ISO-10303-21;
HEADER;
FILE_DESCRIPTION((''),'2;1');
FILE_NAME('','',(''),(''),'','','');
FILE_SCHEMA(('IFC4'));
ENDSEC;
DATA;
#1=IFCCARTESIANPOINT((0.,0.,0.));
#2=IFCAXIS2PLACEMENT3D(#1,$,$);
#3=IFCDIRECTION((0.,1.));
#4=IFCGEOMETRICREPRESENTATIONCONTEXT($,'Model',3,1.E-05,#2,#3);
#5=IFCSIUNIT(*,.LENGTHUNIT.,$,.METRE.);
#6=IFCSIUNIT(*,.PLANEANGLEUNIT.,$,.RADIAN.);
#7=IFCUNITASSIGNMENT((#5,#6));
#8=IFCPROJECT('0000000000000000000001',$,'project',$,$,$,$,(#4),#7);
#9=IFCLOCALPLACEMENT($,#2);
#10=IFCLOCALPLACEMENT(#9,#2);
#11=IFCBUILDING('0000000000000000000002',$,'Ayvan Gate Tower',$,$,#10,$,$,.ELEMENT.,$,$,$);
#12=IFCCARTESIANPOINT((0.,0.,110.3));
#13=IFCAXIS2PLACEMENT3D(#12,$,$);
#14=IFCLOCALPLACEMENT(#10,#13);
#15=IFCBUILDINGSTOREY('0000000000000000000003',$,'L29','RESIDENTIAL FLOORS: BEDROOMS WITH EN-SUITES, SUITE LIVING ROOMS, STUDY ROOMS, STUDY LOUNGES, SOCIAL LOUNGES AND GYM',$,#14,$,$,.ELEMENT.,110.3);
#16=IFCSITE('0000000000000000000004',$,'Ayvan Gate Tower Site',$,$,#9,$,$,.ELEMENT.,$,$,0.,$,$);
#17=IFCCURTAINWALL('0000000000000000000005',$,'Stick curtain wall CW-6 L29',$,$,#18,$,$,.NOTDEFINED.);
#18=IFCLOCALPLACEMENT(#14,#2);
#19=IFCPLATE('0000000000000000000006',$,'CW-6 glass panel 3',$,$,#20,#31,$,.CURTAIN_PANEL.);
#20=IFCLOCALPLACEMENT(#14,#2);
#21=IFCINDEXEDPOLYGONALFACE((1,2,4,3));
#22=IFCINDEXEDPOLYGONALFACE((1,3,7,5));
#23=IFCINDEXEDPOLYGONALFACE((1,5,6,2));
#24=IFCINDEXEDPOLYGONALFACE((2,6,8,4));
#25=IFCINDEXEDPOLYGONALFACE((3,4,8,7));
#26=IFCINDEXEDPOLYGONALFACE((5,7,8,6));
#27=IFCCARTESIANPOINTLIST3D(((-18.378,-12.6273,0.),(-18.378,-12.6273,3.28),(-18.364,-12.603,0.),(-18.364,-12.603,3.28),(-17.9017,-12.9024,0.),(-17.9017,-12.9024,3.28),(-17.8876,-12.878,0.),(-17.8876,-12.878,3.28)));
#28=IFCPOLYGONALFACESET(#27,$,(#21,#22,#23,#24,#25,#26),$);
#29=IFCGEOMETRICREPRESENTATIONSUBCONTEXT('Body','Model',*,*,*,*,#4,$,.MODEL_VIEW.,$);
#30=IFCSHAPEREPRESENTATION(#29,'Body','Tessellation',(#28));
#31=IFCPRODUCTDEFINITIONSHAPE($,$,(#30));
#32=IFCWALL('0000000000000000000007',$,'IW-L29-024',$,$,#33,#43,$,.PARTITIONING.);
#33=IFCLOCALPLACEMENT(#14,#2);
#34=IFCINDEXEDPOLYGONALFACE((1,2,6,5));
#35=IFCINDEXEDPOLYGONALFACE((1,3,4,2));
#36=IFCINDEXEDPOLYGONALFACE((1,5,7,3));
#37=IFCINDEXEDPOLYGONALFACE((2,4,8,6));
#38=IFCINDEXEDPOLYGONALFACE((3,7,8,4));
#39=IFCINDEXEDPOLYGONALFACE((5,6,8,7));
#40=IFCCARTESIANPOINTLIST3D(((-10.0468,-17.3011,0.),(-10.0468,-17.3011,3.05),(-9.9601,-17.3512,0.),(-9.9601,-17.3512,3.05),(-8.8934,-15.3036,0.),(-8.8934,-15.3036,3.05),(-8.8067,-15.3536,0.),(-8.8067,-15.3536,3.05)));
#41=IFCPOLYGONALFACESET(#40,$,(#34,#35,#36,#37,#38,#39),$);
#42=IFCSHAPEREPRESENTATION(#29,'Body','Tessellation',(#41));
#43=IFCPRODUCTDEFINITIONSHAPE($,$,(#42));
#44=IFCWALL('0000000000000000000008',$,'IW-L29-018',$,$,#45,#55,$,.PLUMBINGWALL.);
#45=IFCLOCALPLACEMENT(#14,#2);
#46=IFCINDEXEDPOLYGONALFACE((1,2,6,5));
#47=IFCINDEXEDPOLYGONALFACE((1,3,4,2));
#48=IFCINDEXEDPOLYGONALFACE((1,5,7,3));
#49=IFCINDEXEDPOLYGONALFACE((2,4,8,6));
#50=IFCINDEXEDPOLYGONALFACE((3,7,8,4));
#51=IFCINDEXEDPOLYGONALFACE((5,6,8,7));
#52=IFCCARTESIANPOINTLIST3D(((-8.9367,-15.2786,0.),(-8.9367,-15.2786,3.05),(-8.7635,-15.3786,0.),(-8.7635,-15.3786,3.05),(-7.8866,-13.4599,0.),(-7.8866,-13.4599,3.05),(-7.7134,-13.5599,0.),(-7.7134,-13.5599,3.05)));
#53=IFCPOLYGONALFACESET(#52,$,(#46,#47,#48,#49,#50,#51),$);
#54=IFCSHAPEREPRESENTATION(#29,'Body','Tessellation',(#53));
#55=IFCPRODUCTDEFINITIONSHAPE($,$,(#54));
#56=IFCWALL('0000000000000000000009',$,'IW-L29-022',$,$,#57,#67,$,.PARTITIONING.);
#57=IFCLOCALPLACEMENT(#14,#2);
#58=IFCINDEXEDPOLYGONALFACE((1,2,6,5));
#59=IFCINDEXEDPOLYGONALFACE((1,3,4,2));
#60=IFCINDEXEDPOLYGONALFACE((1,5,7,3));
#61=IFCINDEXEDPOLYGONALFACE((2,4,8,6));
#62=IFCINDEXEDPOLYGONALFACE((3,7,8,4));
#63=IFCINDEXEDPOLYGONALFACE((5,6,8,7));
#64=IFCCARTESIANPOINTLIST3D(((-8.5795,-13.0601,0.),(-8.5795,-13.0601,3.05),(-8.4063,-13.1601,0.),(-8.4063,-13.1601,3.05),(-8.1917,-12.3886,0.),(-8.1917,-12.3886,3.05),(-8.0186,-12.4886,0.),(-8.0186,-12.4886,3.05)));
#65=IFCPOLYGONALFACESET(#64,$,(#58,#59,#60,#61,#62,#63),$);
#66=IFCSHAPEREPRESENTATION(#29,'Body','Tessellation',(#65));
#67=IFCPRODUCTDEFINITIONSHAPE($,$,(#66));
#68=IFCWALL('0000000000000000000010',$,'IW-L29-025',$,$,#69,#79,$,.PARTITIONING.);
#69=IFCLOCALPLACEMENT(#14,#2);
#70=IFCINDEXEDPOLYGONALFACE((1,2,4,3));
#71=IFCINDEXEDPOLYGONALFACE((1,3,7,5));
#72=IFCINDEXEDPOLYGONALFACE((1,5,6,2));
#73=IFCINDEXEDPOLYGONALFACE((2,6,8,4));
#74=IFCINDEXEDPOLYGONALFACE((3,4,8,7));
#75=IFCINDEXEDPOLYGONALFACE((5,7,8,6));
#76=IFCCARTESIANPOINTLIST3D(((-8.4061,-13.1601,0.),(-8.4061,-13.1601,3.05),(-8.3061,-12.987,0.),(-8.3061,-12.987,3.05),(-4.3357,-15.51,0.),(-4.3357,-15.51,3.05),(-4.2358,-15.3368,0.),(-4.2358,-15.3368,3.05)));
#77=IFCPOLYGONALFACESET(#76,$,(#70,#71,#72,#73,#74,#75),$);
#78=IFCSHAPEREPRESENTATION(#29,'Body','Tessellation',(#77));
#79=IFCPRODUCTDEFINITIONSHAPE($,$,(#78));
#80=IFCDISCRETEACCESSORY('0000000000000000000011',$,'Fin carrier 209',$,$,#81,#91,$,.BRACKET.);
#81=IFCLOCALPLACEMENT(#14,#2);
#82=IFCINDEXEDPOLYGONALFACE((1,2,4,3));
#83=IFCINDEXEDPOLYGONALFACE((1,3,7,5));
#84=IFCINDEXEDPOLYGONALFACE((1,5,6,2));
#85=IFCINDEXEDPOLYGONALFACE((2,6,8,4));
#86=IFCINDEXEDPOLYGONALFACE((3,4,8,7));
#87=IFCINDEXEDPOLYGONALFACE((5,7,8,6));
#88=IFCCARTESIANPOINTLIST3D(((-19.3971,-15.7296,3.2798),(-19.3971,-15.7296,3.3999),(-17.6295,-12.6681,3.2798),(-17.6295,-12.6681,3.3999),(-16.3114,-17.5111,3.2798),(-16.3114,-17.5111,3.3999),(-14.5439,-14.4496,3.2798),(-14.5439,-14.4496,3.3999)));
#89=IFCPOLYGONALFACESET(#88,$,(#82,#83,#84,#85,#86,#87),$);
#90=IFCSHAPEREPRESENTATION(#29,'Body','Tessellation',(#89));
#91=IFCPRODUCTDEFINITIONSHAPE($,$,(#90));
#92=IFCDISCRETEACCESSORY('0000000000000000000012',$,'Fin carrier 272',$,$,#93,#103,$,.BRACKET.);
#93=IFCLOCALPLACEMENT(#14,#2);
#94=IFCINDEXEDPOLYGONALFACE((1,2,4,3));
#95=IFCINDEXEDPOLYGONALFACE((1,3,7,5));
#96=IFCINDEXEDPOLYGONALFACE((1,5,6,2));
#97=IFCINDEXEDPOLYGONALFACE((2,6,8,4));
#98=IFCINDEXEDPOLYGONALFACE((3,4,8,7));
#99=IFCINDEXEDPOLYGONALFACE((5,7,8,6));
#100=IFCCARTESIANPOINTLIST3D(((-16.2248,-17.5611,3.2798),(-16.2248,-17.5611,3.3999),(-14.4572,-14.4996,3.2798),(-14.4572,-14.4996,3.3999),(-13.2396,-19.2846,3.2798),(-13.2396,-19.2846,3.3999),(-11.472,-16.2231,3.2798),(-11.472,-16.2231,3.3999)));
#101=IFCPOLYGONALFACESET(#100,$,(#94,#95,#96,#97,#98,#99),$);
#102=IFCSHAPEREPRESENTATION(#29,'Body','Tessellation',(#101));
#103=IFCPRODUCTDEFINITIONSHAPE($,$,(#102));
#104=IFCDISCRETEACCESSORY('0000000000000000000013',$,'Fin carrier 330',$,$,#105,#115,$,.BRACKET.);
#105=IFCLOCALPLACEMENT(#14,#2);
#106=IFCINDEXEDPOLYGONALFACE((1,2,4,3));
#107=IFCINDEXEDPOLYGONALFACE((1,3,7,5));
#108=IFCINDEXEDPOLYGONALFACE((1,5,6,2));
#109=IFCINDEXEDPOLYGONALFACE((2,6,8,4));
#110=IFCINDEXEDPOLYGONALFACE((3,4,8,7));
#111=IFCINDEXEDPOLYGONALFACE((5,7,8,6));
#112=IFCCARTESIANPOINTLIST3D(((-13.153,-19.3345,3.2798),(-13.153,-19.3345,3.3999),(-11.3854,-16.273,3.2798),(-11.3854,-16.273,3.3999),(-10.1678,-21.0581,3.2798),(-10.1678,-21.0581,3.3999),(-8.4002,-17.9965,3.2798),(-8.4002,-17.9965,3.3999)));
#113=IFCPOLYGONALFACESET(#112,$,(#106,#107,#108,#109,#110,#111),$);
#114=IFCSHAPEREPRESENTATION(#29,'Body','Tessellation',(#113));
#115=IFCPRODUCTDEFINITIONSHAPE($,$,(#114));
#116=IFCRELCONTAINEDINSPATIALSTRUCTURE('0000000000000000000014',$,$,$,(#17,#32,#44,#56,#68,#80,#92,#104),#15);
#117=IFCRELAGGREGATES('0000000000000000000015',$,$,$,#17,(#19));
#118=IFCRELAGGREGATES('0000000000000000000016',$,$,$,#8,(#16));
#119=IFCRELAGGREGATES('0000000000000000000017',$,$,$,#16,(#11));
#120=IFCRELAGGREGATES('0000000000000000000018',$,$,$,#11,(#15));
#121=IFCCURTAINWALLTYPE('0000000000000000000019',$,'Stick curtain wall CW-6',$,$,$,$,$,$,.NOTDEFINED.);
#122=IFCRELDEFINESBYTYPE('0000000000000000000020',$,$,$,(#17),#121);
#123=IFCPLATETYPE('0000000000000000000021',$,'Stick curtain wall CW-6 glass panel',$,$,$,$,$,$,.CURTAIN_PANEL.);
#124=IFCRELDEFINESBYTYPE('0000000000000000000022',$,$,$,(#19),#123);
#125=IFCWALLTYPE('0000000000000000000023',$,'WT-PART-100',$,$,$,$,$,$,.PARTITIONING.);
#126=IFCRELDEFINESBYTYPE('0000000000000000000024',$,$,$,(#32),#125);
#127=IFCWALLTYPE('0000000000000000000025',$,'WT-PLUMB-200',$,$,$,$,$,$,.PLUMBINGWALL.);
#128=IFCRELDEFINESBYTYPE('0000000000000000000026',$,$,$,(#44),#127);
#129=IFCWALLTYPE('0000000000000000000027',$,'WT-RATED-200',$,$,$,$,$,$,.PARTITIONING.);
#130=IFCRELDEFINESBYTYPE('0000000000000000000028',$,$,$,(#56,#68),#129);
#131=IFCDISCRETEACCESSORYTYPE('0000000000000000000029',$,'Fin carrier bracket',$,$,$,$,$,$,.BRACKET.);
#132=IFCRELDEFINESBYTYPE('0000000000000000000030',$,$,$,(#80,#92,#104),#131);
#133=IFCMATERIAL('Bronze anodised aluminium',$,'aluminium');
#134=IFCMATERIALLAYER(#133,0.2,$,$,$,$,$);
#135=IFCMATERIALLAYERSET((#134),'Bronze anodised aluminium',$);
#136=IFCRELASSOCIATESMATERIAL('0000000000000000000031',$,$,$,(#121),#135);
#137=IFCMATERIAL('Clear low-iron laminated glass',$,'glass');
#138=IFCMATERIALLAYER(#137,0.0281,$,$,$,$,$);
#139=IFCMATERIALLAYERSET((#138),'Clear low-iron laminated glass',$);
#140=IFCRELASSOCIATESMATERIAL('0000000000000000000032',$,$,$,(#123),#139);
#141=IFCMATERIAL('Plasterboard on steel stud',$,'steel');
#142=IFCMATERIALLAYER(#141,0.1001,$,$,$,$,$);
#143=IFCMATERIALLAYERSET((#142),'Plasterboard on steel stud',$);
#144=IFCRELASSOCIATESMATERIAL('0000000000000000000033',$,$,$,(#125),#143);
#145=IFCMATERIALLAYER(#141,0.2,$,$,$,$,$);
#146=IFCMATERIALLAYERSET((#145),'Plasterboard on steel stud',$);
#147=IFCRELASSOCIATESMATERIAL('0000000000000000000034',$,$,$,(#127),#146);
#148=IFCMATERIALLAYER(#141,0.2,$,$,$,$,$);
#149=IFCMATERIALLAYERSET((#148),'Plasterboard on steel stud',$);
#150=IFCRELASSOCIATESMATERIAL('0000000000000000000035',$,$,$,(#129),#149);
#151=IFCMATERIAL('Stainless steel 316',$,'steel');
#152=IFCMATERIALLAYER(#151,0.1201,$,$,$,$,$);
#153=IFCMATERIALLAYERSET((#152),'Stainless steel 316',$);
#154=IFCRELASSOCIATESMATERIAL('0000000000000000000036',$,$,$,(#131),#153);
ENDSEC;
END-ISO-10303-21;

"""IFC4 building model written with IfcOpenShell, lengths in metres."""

from ifc_helpers import new_model, si_unit, direction, frame, frame_2d, origin, origin_2d, place, context, subcontext, project, spatial, rectangle, extrude, material, layer, layer_set, type_object, element, aggregate, save


model = new_model("IFC4")

# Units and contexts
model_context = context("Model", 3, precision=1e-05, world=origin(), true_north=direction((0.0, 1.0)))
body_context = subcontext(model_context, "Body", "Model", "MODEL_VIEW")
ifc_project = project(units=[si_unit("LENGTHUNIT", "METRE"), si_unit("PLANEANGLEUNIT", "RADIAN")], contexts=[model_context])

# Site, building, storey
site_placement = place(None, origin())
site = spatial("IfcSite", under=ifc_project, at=site_placement, Name="Ayvan Gate Tower Site", CompositionType="ELEMENT", RefElevation=0.0)
building_placement = place(site_placement, origin())
building = spatial("IfcBuilding", under=site, at=building_placement, Name="Ayvan Gate Tower", CompositionType="ELEMENT")
storey_placement = place(building_placement, frame((0.0, 0.0, 110.3)))
storey = spatial("IfcBuildingStorey", under=building, at=storey_placement, Name="L29", Description="RESIDENTIAL FLOORS: BEDROOMS WITH EN-SUITES, SUITE LIVING ROOMS, STUDY ROOMS, STUDY LOUNGES, SOCIAL LOUNGES AND GYM", CompositionType="ELEMENT", Elevation=110.3)

# Curtain wall
ifc_material_1 = material(Name="Bronze anodised aluminium", Category="aluminium")
ifc_layer_1 = layer(ifc_material_1, 0.2)
ifc_layer_set_1 = layer_set([ifc_layer_1], Name="Bronze anodised aluminium")
curtain_wall_type_1 = type_object("IfcCurtainWallType", Name="Stick curtain wall CW-6", PredefinedType="NOTDEFINED", material=ifc_layer_set_1)
curtain_wall_1_placement = place(storey_placement, origin())
curtain_wall_1 = element("IfcCurtainWall", 1, at=curtain_wall_1_placement, inside=storey, type_object=curtain_wall_type_1, Name="Stick curtain wall CW-6 L29", PredefinedType="NOTDEFINED")

# Plate
ifc_material_2 = material(Name="Clear low-iron laminated glass", Category="glass")
ifc_layer_2 = layer(ifc_material_2, 0.0281)
ifc_layer_set_2 = layer_set([ifc_layer_2], Name="Clear low-iron laminated glass")
plate_type_1 = type_object("IfcPlateType", Name="Stick curtain wall CW-6 glass panel", PredefinedType="CURTAIN_PANEL", material=ifc_layer_set_2)
plate_1_placement = place(storey_placement, frame((-18.1328, -12.7527, 0.0), z_axis=(0.0, 0.0, 1.0), x_axis=(0.866025, -0.5, 0.0)))
plate_1 = element("IfcPlate", 2, at=plate_1_placement, type_object=plate_type_1, Name="CW-6 glass panel 3", PredefinedType="CURTAIN_PANEL", context=body_context, shape_type="SweptSolid", body=[
    extrude(rectangle(XDim=0.55, YDim=0.0281, at=origin_2d()), origin(), (0.0, 0.0, 1.0), 3.28),
])
aggregate(curtain_wall_1, [plate_1])

# Walls
ifc_material_3 = material(Name="Plasterboard on steel stud", Category="steel")
ifc_layer_3 = layer(ifc_material_3, 0.1001)
ifc_layer_set_3 = layer_set([ifc_layer_3], Name="Plasterboard on steel stud")
wall_type_1 = type_object("IfcWallType", Name="WT-PART-100", PredefinedType="PARTITIONING", material=ifc_layer_set_3)
wall_1_placement = place(storey_placement, frame((-10.0034, -17.3262, 0.0), z_axis=(0.0, 0.0, 1.0), x_axis=(0.50001, 0.86602, 0.0)))
element("IfcWall", 3, at=wall_1_placement, inside=storey, type_object=wall_type_1, Name="IW-L29-024", PredefinedType="PARTITIONING", context=body_context, shape_type="SweptSolid", body=[
    extrude(rectangle(XDim=2.3066, YDim=0.1001, at=frame_2d((1.1533, 0.0))), origin(), (0.0, 0.0, 1.0), 3.05),
])
ifc_layer_4 = layer(ifc_material_3, 0.2)
ifc_layer_set_4 = layer_set([ifc_layer_4], Name="Plasterboard on steel stud")
wall_type_2 = type_object("IfcWallType", Name="WT-PLUMB-200", PredefinedType="PLUMBINGWALL", material=ifc_layer_set_4)
wall_2_placement = place(storey_placement, frame((-8.8501, -15.3286, 0.0), z_axis=(0.0, 0.0, 1.0), x_axis=(0.500028, 0.866009, 0.0)))
element("IfcWall", 4, at=wall_2_placement, inside=storey, type_object=wall_type_2, Name="IW-L29-018", PredefinedType="PLUMBINGWALL", context=body_context, shape_type="SweptSolid", body=[
    extrude(rectangle(XDim=2.1001, YDim=0.2, at=frame_2d((1.05, 0.0))), origin(), (0.0, 0.0, 1.0), 3.05),
])
ifc_layer_5 = layer(ifc_material_3, 0.2)
ifc_layer_set_5 = layer_set([ifc_layer_5], Name="Plasterboard on steel stud")
wall_type_3 = type_object("IfcWallType", Name="WT-RATED-200", PredefinedType="PARTITIONING", material=ifc_layer_set_5)
wall_3_placement = place(storey_placement, frame((-8.4929, -13.1101, 0.0), z_axis=(0.0, 0.0, 1.0), x_axis=(0.500068, 0.865986, 0.0)))
element("IfcWall", 5, at=wall_3_placement, inside=storey, type_object=wall_type_3, Name="IW-L29-022", PredefinedType="PARTITIONING", context=body_context, shape_type="SweptSolid", body=[
    extrude(rectangle(XDim=0.7754, YDim=0.2, at=frame_2d((0.3877, 0.0))), origin(), (0.0, 0.0, 1.0), 3.05),
])
wall_4_placement = place(storey_placement, frame((-8.3562, -13.0735, 0.0), z_axis=(0.0, 0.0, 1.0), x_axis=(0.866039, -0.499977, 0.0)))
element("IfcWall", 6, at=wall_4_placement, inside=storey, type_object=wall_type_3, Name="IW-L29-025", PredefinedType="PARTITIONING", context=body_context, shape_type="SweptSolid", body=[
    extrude(rectangle(XDim=4.7, YDim=0.2, at=frame_2d((2.3501, 0.0))), origin(), (0.0, 0.0, 1.0), 3.05),
])

# Discrete accessories
ifc_material_4 = material(Name="Stainless steel 316", Category="steel")
ifc_layer_6 = layer(ifc_material_4, 0.1201)
ifc_layer_set_6 = layer_set([ifc_layer_6], Name="Stainless steel 316")
discrete_accessory_type = type_object("IfcDiscreteAccessoryType", Name="Fin carrier bracket", PredefinedType="BRACKET", material=ifc_layer_set_6)
discrete_accessory_placement = place(storey_placement, frame((-16.9705, -15.0896, 3.2798), z_axis=(0.0, 0.0, 1.0), x_axis=(0.866025, -0.5, 0.0)))
element("IfcDiscreteAccessory", 7, at=discrete_accessory_placement, inside=storey, type_object=discrete_accessory_type, Name="Fin carrier 209", PredefinedType="BRACKET", context=body_context, shape_type="SweptSolid", body=[
    extrude(rectangle(XDim=3.563, YDim=3.5352, at=origin_2d()), origin(), (0.0, 0.0, 1.0), 0.1201),
])
for number, where, z_axis, x_axis, name in (
    (8, (-13.8484, -16.8921, 3.2798), (0.0, 0.0, 1.0), (0.866025, -0.5, 0.0), "Fin carrier 272"),
    (9, (-10.7766, -18.6655, 3.2798), (0.0, 0.0, 1.0), (0.866025, -0.5, 0.0), "Fin carrier 330"),
):
    element("IfcDiscreteAccessory", number, at=place(storey_placement, frame(where, z_axis=z_axis, x_axis=x_axis)), inside=storey, type_object=discrete_accessory_type, Name=name, PredefinedType="BRACKET", context=body_context, shape_type="SweptSolid", body=[
        extrude(rectangle(XDim=3.447, YDim=3.5352, at=origin_2d()), origin(), (0.0, 0.0, 1.0), 0.1201),
    ])

save(model, "model.ifc")
